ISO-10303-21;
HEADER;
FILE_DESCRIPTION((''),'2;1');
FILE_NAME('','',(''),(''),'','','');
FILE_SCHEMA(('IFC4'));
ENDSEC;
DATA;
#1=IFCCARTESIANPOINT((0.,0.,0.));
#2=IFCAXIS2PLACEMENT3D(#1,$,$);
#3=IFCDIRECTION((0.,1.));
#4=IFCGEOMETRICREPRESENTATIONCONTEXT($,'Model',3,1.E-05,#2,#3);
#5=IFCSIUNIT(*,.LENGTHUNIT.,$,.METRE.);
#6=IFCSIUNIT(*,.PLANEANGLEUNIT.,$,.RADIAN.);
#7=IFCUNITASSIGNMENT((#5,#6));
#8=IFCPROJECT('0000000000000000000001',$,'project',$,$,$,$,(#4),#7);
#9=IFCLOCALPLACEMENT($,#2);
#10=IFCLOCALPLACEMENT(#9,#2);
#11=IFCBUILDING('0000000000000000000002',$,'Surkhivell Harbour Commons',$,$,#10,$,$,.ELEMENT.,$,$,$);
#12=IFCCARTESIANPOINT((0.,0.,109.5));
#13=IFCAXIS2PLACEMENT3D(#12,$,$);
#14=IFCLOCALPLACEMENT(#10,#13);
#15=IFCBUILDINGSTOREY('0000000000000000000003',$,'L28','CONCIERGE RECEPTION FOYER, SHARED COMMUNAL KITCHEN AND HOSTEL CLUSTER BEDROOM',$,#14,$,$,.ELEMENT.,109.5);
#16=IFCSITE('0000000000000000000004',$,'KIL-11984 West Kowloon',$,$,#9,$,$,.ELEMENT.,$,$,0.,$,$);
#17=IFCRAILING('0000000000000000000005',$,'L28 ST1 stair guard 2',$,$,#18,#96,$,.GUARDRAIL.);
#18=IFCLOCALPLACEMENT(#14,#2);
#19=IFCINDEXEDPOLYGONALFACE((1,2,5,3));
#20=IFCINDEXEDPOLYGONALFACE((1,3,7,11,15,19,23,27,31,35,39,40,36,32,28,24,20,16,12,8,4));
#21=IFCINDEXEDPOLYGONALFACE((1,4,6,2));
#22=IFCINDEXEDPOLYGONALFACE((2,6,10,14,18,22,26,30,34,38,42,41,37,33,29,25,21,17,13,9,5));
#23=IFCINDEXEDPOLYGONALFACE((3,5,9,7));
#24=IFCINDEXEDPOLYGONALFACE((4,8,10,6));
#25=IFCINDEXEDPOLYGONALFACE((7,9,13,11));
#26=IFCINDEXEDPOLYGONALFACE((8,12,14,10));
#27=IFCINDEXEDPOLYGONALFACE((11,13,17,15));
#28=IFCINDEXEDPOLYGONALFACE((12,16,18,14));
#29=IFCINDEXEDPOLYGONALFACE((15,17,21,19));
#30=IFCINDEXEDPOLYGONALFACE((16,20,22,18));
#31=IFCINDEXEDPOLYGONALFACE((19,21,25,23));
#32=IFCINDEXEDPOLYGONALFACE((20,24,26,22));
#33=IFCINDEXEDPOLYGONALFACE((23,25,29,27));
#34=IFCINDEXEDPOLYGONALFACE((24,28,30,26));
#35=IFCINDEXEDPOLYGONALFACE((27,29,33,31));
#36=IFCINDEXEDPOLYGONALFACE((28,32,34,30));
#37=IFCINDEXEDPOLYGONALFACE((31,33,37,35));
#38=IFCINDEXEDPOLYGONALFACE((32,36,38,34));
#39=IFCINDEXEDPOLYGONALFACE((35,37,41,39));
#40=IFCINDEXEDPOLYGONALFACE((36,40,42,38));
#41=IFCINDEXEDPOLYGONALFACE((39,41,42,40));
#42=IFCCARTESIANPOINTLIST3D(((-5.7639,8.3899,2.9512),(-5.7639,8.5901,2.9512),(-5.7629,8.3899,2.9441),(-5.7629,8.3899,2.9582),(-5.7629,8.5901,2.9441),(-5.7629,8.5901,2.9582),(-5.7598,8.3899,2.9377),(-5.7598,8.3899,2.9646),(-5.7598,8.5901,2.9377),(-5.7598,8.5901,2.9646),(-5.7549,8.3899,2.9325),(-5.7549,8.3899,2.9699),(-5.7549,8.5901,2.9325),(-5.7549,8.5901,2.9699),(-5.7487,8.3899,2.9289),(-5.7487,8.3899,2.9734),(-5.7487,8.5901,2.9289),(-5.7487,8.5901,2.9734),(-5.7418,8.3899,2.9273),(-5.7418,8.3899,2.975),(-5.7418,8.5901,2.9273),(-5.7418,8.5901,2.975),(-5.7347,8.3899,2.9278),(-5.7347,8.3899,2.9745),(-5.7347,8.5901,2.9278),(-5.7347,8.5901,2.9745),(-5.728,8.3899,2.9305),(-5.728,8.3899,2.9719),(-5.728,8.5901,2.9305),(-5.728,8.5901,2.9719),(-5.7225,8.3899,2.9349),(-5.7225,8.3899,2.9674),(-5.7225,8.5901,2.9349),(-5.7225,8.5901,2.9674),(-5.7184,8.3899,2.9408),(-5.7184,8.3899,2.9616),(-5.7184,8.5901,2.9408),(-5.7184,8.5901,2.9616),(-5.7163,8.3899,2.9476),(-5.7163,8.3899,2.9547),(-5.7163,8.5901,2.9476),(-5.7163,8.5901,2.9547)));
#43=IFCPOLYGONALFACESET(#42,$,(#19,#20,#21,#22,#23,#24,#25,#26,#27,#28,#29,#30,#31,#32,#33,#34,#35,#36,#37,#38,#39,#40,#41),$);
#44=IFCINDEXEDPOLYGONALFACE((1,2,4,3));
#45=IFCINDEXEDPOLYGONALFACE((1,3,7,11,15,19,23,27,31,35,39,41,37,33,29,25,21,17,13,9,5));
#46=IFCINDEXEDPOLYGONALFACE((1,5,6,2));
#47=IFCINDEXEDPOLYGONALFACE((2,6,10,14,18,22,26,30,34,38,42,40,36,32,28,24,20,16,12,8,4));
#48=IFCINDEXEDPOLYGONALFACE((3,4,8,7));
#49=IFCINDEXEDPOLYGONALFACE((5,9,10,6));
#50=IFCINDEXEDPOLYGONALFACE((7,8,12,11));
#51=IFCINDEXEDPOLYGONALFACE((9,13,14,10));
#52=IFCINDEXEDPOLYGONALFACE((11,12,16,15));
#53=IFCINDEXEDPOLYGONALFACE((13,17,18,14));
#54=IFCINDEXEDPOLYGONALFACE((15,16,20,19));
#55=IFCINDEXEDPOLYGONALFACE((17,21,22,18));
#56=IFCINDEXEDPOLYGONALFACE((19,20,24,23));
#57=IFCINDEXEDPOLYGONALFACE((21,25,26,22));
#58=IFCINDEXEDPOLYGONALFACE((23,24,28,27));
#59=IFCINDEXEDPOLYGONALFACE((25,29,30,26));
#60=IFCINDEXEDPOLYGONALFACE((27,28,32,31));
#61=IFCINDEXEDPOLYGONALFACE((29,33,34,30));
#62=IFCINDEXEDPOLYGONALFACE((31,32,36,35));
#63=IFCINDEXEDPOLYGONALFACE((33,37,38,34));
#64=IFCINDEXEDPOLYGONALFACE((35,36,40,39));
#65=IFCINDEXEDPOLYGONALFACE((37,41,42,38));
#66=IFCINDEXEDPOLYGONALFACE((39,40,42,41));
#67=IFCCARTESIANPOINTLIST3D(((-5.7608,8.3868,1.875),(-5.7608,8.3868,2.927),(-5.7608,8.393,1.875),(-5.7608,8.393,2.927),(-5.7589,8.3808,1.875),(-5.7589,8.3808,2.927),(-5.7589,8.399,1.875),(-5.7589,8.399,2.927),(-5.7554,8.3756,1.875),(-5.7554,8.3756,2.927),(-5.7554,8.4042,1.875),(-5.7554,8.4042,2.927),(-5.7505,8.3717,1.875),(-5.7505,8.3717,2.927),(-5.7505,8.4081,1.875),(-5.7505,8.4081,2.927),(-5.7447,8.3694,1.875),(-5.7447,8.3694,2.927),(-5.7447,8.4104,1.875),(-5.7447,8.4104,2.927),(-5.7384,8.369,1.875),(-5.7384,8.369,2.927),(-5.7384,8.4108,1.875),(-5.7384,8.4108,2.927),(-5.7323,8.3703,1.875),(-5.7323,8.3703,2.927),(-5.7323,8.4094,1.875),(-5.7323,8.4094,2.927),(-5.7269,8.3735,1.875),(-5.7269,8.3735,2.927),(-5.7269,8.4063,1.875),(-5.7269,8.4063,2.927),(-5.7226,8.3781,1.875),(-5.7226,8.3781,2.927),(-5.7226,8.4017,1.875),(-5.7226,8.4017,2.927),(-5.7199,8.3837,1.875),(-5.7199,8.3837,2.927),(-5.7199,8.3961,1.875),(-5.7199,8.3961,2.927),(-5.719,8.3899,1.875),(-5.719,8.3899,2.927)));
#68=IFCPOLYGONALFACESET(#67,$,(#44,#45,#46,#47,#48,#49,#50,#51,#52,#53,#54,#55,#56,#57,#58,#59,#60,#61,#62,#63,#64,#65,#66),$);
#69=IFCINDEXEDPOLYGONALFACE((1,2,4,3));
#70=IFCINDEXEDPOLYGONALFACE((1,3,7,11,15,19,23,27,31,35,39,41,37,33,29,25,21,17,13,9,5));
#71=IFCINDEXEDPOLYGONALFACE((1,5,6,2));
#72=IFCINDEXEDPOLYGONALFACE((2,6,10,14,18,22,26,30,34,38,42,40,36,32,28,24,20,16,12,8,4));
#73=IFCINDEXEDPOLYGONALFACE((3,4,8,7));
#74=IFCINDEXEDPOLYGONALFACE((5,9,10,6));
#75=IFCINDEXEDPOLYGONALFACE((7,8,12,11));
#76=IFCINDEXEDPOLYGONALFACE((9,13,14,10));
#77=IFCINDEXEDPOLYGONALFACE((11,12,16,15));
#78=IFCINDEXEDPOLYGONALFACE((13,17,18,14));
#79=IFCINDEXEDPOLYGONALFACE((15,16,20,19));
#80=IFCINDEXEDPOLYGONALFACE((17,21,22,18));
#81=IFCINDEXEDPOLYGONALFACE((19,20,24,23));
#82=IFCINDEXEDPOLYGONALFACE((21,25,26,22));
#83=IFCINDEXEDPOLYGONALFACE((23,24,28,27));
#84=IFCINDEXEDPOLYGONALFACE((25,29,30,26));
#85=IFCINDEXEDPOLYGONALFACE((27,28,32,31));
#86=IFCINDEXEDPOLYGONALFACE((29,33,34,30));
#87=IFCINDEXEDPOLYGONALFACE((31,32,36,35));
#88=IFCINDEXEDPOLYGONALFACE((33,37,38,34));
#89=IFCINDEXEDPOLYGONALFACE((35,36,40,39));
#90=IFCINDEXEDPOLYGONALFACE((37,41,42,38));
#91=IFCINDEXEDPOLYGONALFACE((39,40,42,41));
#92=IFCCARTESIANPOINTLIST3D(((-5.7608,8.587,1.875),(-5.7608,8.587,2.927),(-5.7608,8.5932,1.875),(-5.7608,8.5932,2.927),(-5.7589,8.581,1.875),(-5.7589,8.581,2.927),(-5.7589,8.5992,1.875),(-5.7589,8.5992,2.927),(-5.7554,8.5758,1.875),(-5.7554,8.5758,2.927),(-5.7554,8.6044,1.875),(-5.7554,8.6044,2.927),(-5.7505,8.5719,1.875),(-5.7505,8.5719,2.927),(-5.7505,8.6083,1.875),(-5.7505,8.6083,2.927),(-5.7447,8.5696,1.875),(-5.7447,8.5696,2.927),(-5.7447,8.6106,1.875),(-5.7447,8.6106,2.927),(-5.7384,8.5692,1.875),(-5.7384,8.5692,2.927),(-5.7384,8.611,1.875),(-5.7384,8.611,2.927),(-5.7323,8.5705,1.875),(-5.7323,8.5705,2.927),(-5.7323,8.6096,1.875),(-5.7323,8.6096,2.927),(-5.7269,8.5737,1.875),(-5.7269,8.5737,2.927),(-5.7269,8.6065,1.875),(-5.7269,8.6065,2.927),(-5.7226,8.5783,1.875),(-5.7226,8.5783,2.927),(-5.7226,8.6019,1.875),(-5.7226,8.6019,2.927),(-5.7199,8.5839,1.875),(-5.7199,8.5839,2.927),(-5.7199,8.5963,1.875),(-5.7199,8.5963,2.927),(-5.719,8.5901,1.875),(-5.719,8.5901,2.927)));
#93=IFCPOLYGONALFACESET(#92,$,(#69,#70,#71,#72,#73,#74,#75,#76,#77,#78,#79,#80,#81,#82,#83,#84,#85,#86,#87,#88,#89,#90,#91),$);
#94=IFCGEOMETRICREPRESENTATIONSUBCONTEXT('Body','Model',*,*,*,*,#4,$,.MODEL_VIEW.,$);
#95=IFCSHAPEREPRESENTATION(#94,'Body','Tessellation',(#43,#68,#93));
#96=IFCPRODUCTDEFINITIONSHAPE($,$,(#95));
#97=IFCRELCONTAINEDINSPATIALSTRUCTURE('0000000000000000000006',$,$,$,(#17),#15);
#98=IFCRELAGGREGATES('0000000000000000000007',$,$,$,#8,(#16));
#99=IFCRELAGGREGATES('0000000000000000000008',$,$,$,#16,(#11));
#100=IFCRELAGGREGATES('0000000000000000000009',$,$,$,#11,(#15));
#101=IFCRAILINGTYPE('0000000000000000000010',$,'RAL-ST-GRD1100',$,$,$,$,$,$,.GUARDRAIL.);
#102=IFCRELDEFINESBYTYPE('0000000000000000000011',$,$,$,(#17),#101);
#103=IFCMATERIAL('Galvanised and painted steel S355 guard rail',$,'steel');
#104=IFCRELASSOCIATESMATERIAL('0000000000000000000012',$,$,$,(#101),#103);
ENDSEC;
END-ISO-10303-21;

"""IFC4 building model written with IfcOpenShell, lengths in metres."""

from ifc_helpers import new_model, si_unit, direction, frame, origin, origin_2d, place, context, subcontext, project, spatial, circle, extrude, material, type_object, element, save


model = new_model("IFC4")

# Units and contexts
model_context = context("Model", 3, precision=1e-05, world=origin(), true_north=direction((0.0, 1.0)))
body_context = subcontext(model_context, "Body", "Model", "MODEL_VIEW")
ifc_project = project(units=[si_unit("LENGTHUNIT", "METRE"), si_unit("PLANEANGLEUNIT", "RADIAN")], contexts=[model_context])

# Site, building, storey
site_placement = place(None, origin())
site = spatial("IfcSite", under=ifc_project, at=site_placement, Name="KIL-11984 West Kowloon", CompositionType="ELEMENT", RefElevation=0.0)
building_placement = place(site_placement, origin())
building = spatial("IfcBuilding", under=site, at=building_placement, Name="Surkhivell Harbour Commons", CompositionType="ELEMENT")
storey_placement = place(building_placement, frame((0.0, 0.0, 109.5)))
storey = spatial("IfcBuildingStorey", under=building, at=storey_placement, Name="L28", Description="CONCIERGE RECEPTION FOYER, SHARED COMMUNAL KITCHEN AND HOSTEL CLUSTER BEDROOM", CompositionType="ELEMENT", Elevation=109.5)

# Railing
ifc_material_1 = material(Name="Galvanised and painted steel S355 guard rail", Category="steel")
railing_type_1 = type_object("IfcRailingType", Name="RAL-ST-GRD1100", PredefinedType="GUARDRAIL", material=ifc_material_1)
railing_1_placement = place(storey_placement, frame((-5.74, 8.3899, 1.875)))
element("IfcRailing", 1, at=railing_1_placement, inside=storey, type_object=railing_type_1, Name="L28 ST1 stair guard 2", PredefinedType="GUARDRAIL", context=body_context, shape_type="SweptSolid", body=[
    extrude(circle(Radius=0.0239, at=origin_2d()), frame((0.0, 0.0, 1.0762), z_axis=(0.0, 1.0, 0.0), x_axis=(-1.0, 0.0, 0.0)), (0.0, 0.0, 1.0), 0.2002),
    extrude(circle(Radius=0.021, at=origin_2d()), origin(), (0.0, 0.0, 1.0), 1.052),
    extrude(circle(Radius=0.021, at=origin_2d()), frame((0.0, 0.2002, 0.0)), (0.0, 0.0, 1.0), 1.052),
])

save(model, "model.ifc")
